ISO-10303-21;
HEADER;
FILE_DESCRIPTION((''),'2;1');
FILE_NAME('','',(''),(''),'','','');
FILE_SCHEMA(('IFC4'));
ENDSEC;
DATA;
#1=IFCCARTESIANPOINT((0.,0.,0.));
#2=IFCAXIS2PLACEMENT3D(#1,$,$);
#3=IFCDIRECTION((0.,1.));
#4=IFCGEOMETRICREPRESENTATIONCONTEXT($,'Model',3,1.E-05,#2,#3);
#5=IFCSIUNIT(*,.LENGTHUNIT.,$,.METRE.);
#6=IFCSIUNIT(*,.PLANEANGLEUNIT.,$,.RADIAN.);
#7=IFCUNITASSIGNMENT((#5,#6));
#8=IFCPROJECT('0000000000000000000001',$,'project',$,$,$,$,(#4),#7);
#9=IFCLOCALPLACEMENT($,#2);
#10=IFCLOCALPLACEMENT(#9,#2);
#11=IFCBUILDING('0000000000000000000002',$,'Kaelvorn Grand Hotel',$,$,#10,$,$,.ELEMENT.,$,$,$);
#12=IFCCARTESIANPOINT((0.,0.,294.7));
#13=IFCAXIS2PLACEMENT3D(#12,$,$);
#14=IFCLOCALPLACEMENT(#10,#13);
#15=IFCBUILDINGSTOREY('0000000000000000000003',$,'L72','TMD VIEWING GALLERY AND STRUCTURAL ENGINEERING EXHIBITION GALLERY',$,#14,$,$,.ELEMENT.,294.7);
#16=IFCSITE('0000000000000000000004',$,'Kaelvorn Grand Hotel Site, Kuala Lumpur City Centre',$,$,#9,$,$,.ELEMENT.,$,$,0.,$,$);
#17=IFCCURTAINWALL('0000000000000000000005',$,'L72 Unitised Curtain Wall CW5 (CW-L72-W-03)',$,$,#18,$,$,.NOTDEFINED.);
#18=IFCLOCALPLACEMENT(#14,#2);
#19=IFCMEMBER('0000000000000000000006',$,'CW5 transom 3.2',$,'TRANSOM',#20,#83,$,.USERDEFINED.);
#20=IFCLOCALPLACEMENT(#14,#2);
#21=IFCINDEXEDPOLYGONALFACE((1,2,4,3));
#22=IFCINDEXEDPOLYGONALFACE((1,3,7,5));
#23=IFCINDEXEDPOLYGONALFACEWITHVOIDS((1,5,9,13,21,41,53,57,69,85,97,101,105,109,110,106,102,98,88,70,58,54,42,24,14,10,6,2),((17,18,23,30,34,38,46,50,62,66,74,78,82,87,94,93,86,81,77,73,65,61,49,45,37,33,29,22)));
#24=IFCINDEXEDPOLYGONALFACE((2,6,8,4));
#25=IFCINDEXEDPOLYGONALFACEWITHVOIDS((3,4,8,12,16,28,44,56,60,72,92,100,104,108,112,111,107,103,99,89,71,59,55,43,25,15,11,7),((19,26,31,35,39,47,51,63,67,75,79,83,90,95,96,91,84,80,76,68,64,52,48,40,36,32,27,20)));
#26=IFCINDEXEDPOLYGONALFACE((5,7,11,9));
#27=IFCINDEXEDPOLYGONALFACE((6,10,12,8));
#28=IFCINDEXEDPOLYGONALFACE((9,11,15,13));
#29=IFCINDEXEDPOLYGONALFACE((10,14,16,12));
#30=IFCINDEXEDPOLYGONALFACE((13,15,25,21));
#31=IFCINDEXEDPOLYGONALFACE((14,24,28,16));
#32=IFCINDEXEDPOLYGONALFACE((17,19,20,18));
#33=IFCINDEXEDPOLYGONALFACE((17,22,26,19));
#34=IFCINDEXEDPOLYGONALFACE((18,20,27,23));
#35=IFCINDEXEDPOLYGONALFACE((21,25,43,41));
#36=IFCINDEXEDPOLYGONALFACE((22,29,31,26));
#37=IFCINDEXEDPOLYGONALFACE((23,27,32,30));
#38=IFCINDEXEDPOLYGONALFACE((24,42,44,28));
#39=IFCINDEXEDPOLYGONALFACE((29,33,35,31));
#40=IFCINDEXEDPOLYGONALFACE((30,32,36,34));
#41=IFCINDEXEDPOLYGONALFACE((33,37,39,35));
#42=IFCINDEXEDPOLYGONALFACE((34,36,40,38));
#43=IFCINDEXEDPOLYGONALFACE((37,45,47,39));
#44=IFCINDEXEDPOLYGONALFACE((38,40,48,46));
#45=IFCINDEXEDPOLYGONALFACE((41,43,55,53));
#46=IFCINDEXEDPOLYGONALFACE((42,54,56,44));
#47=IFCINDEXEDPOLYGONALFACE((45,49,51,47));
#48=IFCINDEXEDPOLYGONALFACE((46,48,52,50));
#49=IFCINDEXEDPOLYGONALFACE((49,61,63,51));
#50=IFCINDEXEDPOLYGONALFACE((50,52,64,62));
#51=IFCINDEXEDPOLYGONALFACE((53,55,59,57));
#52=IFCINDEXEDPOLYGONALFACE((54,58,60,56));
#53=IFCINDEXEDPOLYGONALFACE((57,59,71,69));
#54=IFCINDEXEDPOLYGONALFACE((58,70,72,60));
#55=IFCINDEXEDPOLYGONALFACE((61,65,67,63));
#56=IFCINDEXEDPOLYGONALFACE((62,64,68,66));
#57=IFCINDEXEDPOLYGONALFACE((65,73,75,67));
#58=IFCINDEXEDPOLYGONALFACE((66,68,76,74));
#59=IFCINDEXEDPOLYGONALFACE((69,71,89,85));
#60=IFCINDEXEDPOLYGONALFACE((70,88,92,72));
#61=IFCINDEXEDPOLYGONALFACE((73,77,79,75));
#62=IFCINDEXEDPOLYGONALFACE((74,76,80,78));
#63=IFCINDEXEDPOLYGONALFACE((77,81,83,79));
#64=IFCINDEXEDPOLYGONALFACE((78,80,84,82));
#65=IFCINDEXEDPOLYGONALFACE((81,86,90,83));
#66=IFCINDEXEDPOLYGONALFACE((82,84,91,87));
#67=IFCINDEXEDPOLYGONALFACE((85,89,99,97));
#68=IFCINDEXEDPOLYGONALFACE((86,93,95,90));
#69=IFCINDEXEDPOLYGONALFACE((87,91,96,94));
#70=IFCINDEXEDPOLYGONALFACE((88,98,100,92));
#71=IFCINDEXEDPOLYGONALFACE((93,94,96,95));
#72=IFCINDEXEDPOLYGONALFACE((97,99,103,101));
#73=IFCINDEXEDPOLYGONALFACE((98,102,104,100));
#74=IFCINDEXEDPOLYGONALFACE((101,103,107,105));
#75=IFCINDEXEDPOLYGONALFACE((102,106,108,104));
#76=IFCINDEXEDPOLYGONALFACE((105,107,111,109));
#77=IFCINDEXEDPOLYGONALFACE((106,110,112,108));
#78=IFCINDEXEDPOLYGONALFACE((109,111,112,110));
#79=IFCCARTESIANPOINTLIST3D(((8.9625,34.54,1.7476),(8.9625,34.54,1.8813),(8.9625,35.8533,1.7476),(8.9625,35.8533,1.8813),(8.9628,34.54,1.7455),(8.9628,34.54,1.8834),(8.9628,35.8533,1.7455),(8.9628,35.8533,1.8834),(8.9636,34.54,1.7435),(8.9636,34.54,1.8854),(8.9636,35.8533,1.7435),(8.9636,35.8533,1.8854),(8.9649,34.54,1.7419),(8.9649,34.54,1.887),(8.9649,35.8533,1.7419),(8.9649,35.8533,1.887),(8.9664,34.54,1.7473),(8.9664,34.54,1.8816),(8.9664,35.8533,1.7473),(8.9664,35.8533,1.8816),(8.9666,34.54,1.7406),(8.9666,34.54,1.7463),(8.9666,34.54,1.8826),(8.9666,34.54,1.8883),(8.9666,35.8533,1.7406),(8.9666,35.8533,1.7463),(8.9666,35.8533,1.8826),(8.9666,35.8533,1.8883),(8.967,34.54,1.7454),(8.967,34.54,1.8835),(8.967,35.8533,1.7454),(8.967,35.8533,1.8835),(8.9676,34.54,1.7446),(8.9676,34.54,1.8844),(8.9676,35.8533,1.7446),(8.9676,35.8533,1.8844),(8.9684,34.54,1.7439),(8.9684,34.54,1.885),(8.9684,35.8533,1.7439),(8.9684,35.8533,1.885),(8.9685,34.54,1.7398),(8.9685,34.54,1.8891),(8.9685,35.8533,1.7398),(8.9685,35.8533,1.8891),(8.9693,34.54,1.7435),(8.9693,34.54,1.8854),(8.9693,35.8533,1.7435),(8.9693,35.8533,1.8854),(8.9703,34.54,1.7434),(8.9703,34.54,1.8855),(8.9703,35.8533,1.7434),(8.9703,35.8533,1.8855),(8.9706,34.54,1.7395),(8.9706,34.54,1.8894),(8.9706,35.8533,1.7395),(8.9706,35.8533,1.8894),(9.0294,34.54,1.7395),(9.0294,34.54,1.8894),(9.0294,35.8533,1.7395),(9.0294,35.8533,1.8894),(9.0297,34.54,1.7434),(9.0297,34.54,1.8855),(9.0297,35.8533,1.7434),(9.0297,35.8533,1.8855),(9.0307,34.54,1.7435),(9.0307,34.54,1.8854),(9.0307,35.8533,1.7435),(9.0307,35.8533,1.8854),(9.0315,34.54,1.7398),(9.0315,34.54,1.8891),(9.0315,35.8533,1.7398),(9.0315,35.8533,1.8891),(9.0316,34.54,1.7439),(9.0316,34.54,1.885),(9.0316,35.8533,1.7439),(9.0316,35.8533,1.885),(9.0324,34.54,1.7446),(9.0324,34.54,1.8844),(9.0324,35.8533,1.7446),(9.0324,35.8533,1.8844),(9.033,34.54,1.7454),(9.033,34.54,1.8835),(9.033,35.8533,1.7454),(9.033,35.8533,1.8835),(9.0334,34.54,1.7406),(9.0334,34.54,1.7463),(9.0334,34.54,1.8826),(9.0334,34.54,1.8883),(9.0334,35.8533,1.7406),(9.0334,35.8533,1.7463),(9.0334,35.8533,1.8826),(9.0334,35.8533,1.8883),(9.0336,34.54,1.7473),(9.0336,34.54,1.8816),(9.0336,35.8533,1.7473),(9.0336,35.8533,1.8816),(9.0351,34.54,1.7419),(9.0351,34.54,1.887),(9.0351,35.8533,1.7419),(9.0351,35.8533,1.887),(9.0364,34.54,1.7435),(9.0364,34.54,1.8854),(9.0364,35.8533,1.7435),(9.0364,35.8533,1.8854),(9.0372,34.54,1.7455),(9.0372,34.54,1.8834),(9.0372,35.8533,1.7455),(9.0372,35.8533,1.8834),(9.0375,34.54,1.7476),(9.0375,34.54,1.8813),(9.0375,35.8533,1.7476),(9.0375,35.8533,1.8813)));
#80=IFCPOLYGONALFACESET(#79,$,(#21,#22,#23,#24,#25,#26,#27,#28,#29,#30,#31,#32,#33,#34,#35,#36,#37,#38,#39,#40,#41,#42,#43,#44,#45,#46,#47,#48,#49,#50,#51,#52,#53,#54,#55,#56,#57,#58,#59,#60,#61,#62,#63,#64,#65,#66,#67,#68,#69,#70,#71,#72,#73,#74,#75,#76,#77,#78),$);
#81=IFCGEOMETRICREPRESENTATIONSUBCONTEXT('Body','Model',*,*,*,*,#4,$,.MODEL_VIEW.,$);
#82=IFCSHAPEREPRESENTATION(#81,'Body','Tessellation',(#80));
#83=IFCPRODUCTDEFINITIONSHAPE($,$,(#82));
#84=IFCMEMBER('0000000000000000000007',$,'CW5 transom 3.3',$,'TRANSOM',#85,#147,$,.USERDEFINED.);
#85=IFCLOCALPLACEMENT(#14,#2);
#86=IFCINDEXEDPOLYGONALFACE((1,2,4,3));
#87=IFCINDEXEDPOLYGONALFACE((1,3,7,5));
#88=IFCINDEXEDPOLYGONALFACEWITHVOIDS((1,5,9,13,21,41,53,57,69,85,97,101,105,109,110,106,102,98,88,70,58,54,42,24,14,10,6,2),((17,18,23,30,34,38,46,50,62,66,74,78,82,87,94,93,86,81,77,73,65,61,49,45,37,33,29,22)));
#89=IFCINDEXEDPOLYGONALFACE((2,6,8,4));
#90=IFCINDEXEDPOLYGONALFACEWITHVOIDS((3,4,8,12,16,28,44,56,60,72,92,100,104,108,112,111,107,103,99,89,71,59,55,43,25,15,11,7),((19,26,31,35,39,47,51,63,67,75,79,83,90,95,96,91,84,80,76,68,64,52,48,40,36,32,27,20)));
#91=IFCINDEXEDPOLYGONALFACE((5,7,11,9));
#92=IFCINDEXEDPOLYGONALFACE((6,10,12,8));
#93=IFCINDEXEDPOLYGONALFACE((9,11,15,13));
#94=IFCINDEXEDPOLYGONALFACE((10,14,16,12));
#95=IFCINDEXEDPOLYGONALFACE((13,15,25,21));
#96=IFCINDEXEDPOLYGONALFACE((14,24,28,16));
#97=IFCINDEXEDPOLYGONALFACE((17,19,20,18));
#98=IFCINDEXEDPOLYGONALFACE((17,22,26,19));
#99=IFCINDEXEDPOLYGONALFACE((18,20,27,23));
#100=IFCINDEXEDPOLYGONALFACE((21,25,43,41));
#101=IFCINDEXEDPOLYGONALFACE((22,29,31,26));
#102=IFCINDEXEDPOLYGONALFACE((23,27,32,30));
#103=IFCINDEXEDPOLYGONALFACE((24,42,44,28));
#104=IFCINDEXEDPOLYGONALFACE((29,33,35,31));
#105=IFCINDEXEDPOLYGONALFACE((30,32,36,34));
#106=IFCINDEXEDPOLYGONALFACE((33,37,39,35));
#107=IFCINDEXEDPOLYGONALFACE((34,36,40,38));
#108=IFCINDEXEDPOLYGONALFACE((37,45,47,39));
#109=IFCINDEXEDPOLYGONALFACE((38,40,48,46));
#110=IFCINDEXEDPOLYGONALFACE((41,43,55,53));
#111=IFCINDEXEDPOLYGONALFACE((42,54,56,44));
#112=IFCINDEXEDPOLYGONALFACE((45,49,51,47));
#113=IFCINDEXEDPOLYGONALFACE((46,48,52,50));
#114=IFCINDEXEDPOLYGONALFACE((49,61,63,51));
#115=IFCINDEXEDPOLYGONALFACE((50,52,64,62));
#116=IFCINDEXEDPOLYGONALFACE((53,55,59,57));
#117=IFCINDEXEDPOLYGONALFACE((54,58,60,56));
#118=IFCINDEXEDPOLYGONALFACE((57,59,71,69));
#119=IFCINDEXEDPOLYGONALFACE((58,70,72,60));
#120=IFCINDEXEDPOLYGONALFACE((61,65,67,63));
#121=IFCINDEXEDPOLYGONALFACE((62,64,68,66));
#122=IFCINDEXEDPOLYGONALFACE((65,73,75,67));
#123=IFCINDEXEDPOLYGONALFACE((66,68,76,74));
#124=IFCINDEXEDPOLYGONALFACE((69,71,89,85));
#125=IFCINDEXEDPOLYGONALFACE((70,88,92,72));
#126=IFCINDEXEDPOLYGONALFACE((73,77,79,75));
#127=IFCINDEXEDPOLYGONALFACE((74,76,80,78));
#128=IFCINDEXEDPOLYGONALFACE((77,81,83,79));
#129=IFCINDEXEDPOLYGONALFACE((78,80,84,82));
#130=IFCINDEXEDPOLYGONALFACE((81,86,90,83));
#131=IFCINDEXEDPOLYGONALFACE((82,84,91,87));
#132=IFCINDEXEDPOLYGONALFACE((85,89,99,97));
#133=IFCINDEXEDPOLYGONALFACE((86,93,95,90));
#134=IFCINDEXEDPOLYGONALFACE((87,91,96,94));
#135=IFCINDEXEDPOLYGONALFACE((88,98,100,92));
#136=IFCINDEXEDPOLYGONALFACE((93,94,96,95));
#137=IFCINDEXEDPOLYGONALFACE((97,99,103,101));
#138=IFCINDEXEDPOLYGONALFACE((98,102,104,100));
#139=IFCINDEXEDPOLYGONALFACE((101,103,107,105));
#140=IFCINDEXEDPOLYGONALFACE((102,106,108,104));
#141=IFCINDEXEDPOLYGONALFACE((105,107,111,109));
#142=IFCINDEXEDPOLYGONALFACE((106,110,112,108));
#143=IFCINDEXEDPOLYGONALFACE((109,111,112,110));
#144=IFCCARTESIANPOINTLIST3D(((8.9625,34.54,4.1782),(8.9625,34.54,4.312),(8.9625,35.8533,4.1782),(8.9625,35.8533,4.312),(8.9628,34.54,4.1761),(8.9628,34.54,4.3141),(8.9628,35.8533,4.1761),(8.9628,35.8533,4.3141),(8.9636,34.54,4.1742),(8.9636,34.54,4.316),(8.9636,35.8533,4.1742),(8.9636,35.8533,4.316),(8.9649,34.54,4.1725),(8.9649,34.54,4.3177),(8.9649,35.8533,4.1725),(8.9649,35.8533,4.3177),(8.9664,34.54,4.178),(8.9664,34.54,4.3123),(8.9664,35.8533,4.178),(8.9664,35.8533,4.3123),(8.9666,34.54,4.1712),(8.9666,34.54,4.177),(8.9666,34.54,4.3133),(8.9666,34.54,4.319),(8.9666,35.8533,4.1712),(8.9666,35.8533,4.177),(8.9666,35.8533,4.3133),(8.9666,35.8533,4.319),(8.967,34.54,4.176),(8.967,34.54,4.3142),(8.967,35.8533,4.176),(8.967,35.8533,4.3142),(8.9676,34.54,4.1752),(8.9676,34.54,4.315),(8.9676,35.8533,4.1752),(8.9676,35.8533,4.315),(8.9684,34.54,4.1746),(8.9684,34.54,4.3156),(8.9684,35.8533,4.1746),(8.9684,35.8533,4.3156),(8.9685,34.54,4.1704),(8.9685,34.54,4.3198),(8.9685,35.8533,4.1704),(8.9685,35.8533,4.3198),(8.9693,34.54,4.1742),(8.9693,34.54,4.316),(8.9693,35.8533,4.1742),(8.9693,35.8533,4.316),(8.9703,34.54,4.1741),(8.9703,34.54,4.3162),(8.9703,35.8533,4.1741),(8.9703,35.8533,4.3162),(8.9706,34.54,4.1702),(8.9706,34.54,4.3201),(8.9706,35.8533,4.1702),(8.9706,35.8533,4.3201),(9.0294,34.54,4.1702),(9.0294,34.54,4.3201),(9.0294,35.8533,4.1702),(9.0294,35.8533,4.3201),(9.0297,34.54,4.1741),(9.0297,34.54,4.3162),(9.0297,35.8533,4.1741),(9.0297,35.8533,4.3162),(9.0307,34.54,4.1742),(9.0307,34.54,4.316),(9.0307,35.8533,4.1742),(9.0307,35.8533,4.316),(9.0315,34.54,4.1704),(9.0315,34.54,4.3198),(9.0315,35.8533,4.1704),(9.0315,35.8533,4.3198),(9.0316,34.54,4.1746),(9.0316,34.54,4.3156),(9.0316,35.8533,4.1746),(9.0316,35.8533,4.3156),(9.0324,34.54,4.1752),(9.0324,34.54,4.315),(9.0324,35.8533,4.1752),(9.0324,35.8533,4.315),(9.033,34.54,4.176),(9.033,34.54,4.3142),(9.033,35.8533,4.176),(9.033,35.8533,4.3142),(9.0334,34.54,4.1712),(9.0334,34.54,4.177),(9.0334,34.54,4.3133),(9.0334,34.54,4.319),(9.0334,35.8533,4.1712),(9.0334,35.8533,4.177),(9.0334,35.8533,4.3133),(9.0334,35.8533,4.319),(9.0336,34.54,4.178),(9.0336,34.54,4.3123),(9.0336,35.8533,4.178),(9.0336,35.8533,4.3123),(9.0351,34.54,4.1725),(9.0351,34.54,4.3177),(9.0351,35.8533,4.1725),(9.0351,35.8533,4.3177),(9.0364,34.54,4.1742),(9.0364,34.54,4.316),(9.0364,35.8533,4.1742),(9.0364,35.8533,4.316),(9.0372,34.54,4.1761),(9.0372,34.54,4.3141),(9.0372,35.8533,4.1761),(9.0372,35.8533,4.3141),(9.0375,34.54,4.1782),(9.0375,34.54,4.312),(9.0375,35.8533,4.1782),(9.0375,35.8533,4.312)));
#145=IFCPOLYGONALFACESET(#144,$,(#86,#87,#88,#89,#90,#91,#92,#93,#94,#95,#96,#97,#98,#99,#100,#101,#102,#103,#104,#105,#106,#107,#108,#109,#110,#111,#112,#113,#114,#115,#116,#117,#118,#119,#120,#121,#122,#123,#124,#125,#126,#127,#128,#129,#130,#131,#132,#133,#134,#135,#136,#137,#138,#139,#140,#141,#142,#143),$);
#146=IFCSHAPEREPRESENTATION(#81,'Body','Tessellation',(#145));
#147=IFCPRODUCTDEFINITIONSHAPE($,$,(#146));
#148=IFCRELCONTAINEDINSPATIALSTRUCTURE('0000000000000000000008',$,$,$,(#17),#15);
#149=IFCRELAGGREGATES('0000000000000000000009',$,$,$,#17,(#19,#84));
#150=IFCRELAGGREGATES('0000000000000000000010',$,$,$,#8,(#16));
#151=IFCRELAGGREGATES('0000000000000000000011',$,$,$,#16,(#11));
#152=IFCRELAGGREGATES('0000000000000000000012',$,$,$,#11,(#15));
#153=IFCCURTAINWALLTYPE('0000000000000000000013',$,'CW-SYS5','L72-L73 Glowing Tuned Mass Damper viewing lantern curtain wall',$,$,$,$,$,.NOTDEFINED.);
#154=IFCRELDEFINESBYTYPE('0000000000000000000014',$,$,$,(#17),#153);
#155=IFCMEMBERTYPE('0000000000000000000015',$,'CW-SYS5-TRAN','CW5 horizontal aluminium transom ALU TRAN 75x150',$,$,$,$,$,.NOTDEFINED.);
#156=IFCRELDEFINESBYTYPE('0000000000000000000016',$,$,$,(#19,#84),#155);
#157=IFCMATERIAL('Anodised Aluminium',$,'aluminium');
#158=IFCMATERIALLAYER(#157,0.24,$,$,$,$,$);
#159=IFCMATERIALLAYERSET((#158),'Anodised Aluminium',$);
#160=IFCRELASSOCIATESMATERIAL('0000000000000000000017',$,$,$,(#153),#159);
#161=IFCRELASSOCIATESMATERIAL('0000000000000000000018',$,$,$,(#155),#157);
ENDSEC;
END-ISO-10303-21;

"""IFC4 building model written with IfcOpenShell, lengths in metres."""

from ifc_helpers import new_model, si_unit, direction, frame, origin, origin_2d, place, context, subcontext, project, spatial, hollow_rectangle, extrude, material, layer, layer_set, material_profile, profile_set, type_object, element, aggregate, save


model = new_model("IFC4")

# Units and contexts
model_context = context("Model", 3, precision=1e-05, world=origin(), true_north=direction((0.0, 1.0)))
body_context = subcontext(model_context, "Body", "Model", "MODEL_VIEW")
ifc_project = project(units=[si_unit("LENGTHUNIT", "METRE"), si_unit("PLANEANGLEUNIT", "RADIAN")], contexts=[model_context])

# Site, building, storey
site_placement = place(None, origin())
site = spatial("IfcSite", under=ifc_project, at=site_placement, Name="Kaelvorn Grand Hotel Site, Kuala Lumpur City Centre", CompositionType="ELEMENT", RefElevation=0.0)
building_placement = place(site_placement, origin())
building = spatial("IfcBuilding", under=site, at=building_placement, Name="Kaelvorn Grand Hotel", CompositionType="ELEMENT")
storey_placement = place(building_placement, frame((0.0, 0.0, 294.7)))
storey = spatial("IfcBuildingStorey", under=building, at=storey_placement, Name="L72", Description="TMD VIEWING GALLERY AND STRUCTURAL ENGINEERING EXHIBITION GALLERY", CompositionType="ELEMENT", Elevation=294.7)

# Curtain wall, members
ifc_material_1 = material(Name="Anodised Aluminium", Category="aluminium")
ifc_layer_1 = layer(ifc_material_1, 0.24)
ifc_layer_set_1 = layer_set([ifc_layer_1], Name="Anodised Aluminium")
curtain_wall_type = type_object("IfcCurtainWallType", Name="CW-SYS5", Description="L72-L73 Glowing Tuned Mass Damper viewing lantern curtain wall", PredefinedType="NOTDEFINED", material=ifc_layer_set_1)
curtain_wall_placement = place(storey_placement, origin())
curtain_wall = element("IfcCurtainWall", 1, at=curtain_wall_placement, inside=storey, type_object=curtain_wall_type, Name="L72 Unitised Curtain Wall CW5 (CW-L72-W-03)", PredefinedType="NOTDEFINED")
ifc_material_profile_1 = material_profile(ifc_material_1, hollow_rectangle(XDim=0.075, YDim=0.1499, WallThickness=0.0039, InnerFilletRadius=0.0039, OuterFilletRadius=0.0081, at=origin_2d()), Name="ALU TRAN 75x150")
ifc_profile_set_1 = profile_set([ifc_material_profile_1], Name="Anodised Aluminium")
member_type_1 = type_object("IfcMemberType", Name="CW-SYS5-TRAN", Description="CW5 horizontal aluminium transom ALU TRAN 75x150", PredefinedType="NOTDEFINED", material=ifc_profile_set_1)
member_1_placement = place(storey_placement, frame((9.0, 35.8533, 1.8145), z_axis=(0.0, -1.0, 0.0), x_axis=(1.0, 0.0, 0.0)))
member_1 = element("IfcMember", 2, at=member_1_placement, type_object=member_type_1, Name="CW5 transom 3.2", ObjectType="TRANSOM", PredefinedType="USERDEFINED", context=body_context, shape_type="SweptSolid", body=[
    extrude(hollow_rectangle(XDim=0.075, YDim=0.1499, WallThickness=0.0039, InnerFilletRadius=0.0039, OuterFilletRadius=0.0081, at=origin_2d()), origin(), (0.0, 0.0, 1.0), 1.3132),
])
member_2_placement = place(storey_placement, frame((9.0, 35.8533, 4.2451), z_axis=(0.0, -1.0, 0.0), x_axis=(1.0, 0.0, 0.0)))
member_2 = element("IfcMember", 3, at=member_2_placement, type_object=member_type_1, Name="CW5 transom 3.3", ObjectType="TRANSOM", PredefinedType="USERDEFINED", context=body_context, shape_type="SweptSolid", body=[
    extrude(hollow_rectangle(XDim=0.075, YDim=0.1499, WallThickness=0.0039, InnerFilletRadius=0.0039, OuterFilletRadius=0.0081, at=origin_2d()), origin(), (0.0, 0.0, 1.0), 1.3132),
])
aggregate(curtain_wall, [member_1, member_2])

save(model, "model.ifc")
